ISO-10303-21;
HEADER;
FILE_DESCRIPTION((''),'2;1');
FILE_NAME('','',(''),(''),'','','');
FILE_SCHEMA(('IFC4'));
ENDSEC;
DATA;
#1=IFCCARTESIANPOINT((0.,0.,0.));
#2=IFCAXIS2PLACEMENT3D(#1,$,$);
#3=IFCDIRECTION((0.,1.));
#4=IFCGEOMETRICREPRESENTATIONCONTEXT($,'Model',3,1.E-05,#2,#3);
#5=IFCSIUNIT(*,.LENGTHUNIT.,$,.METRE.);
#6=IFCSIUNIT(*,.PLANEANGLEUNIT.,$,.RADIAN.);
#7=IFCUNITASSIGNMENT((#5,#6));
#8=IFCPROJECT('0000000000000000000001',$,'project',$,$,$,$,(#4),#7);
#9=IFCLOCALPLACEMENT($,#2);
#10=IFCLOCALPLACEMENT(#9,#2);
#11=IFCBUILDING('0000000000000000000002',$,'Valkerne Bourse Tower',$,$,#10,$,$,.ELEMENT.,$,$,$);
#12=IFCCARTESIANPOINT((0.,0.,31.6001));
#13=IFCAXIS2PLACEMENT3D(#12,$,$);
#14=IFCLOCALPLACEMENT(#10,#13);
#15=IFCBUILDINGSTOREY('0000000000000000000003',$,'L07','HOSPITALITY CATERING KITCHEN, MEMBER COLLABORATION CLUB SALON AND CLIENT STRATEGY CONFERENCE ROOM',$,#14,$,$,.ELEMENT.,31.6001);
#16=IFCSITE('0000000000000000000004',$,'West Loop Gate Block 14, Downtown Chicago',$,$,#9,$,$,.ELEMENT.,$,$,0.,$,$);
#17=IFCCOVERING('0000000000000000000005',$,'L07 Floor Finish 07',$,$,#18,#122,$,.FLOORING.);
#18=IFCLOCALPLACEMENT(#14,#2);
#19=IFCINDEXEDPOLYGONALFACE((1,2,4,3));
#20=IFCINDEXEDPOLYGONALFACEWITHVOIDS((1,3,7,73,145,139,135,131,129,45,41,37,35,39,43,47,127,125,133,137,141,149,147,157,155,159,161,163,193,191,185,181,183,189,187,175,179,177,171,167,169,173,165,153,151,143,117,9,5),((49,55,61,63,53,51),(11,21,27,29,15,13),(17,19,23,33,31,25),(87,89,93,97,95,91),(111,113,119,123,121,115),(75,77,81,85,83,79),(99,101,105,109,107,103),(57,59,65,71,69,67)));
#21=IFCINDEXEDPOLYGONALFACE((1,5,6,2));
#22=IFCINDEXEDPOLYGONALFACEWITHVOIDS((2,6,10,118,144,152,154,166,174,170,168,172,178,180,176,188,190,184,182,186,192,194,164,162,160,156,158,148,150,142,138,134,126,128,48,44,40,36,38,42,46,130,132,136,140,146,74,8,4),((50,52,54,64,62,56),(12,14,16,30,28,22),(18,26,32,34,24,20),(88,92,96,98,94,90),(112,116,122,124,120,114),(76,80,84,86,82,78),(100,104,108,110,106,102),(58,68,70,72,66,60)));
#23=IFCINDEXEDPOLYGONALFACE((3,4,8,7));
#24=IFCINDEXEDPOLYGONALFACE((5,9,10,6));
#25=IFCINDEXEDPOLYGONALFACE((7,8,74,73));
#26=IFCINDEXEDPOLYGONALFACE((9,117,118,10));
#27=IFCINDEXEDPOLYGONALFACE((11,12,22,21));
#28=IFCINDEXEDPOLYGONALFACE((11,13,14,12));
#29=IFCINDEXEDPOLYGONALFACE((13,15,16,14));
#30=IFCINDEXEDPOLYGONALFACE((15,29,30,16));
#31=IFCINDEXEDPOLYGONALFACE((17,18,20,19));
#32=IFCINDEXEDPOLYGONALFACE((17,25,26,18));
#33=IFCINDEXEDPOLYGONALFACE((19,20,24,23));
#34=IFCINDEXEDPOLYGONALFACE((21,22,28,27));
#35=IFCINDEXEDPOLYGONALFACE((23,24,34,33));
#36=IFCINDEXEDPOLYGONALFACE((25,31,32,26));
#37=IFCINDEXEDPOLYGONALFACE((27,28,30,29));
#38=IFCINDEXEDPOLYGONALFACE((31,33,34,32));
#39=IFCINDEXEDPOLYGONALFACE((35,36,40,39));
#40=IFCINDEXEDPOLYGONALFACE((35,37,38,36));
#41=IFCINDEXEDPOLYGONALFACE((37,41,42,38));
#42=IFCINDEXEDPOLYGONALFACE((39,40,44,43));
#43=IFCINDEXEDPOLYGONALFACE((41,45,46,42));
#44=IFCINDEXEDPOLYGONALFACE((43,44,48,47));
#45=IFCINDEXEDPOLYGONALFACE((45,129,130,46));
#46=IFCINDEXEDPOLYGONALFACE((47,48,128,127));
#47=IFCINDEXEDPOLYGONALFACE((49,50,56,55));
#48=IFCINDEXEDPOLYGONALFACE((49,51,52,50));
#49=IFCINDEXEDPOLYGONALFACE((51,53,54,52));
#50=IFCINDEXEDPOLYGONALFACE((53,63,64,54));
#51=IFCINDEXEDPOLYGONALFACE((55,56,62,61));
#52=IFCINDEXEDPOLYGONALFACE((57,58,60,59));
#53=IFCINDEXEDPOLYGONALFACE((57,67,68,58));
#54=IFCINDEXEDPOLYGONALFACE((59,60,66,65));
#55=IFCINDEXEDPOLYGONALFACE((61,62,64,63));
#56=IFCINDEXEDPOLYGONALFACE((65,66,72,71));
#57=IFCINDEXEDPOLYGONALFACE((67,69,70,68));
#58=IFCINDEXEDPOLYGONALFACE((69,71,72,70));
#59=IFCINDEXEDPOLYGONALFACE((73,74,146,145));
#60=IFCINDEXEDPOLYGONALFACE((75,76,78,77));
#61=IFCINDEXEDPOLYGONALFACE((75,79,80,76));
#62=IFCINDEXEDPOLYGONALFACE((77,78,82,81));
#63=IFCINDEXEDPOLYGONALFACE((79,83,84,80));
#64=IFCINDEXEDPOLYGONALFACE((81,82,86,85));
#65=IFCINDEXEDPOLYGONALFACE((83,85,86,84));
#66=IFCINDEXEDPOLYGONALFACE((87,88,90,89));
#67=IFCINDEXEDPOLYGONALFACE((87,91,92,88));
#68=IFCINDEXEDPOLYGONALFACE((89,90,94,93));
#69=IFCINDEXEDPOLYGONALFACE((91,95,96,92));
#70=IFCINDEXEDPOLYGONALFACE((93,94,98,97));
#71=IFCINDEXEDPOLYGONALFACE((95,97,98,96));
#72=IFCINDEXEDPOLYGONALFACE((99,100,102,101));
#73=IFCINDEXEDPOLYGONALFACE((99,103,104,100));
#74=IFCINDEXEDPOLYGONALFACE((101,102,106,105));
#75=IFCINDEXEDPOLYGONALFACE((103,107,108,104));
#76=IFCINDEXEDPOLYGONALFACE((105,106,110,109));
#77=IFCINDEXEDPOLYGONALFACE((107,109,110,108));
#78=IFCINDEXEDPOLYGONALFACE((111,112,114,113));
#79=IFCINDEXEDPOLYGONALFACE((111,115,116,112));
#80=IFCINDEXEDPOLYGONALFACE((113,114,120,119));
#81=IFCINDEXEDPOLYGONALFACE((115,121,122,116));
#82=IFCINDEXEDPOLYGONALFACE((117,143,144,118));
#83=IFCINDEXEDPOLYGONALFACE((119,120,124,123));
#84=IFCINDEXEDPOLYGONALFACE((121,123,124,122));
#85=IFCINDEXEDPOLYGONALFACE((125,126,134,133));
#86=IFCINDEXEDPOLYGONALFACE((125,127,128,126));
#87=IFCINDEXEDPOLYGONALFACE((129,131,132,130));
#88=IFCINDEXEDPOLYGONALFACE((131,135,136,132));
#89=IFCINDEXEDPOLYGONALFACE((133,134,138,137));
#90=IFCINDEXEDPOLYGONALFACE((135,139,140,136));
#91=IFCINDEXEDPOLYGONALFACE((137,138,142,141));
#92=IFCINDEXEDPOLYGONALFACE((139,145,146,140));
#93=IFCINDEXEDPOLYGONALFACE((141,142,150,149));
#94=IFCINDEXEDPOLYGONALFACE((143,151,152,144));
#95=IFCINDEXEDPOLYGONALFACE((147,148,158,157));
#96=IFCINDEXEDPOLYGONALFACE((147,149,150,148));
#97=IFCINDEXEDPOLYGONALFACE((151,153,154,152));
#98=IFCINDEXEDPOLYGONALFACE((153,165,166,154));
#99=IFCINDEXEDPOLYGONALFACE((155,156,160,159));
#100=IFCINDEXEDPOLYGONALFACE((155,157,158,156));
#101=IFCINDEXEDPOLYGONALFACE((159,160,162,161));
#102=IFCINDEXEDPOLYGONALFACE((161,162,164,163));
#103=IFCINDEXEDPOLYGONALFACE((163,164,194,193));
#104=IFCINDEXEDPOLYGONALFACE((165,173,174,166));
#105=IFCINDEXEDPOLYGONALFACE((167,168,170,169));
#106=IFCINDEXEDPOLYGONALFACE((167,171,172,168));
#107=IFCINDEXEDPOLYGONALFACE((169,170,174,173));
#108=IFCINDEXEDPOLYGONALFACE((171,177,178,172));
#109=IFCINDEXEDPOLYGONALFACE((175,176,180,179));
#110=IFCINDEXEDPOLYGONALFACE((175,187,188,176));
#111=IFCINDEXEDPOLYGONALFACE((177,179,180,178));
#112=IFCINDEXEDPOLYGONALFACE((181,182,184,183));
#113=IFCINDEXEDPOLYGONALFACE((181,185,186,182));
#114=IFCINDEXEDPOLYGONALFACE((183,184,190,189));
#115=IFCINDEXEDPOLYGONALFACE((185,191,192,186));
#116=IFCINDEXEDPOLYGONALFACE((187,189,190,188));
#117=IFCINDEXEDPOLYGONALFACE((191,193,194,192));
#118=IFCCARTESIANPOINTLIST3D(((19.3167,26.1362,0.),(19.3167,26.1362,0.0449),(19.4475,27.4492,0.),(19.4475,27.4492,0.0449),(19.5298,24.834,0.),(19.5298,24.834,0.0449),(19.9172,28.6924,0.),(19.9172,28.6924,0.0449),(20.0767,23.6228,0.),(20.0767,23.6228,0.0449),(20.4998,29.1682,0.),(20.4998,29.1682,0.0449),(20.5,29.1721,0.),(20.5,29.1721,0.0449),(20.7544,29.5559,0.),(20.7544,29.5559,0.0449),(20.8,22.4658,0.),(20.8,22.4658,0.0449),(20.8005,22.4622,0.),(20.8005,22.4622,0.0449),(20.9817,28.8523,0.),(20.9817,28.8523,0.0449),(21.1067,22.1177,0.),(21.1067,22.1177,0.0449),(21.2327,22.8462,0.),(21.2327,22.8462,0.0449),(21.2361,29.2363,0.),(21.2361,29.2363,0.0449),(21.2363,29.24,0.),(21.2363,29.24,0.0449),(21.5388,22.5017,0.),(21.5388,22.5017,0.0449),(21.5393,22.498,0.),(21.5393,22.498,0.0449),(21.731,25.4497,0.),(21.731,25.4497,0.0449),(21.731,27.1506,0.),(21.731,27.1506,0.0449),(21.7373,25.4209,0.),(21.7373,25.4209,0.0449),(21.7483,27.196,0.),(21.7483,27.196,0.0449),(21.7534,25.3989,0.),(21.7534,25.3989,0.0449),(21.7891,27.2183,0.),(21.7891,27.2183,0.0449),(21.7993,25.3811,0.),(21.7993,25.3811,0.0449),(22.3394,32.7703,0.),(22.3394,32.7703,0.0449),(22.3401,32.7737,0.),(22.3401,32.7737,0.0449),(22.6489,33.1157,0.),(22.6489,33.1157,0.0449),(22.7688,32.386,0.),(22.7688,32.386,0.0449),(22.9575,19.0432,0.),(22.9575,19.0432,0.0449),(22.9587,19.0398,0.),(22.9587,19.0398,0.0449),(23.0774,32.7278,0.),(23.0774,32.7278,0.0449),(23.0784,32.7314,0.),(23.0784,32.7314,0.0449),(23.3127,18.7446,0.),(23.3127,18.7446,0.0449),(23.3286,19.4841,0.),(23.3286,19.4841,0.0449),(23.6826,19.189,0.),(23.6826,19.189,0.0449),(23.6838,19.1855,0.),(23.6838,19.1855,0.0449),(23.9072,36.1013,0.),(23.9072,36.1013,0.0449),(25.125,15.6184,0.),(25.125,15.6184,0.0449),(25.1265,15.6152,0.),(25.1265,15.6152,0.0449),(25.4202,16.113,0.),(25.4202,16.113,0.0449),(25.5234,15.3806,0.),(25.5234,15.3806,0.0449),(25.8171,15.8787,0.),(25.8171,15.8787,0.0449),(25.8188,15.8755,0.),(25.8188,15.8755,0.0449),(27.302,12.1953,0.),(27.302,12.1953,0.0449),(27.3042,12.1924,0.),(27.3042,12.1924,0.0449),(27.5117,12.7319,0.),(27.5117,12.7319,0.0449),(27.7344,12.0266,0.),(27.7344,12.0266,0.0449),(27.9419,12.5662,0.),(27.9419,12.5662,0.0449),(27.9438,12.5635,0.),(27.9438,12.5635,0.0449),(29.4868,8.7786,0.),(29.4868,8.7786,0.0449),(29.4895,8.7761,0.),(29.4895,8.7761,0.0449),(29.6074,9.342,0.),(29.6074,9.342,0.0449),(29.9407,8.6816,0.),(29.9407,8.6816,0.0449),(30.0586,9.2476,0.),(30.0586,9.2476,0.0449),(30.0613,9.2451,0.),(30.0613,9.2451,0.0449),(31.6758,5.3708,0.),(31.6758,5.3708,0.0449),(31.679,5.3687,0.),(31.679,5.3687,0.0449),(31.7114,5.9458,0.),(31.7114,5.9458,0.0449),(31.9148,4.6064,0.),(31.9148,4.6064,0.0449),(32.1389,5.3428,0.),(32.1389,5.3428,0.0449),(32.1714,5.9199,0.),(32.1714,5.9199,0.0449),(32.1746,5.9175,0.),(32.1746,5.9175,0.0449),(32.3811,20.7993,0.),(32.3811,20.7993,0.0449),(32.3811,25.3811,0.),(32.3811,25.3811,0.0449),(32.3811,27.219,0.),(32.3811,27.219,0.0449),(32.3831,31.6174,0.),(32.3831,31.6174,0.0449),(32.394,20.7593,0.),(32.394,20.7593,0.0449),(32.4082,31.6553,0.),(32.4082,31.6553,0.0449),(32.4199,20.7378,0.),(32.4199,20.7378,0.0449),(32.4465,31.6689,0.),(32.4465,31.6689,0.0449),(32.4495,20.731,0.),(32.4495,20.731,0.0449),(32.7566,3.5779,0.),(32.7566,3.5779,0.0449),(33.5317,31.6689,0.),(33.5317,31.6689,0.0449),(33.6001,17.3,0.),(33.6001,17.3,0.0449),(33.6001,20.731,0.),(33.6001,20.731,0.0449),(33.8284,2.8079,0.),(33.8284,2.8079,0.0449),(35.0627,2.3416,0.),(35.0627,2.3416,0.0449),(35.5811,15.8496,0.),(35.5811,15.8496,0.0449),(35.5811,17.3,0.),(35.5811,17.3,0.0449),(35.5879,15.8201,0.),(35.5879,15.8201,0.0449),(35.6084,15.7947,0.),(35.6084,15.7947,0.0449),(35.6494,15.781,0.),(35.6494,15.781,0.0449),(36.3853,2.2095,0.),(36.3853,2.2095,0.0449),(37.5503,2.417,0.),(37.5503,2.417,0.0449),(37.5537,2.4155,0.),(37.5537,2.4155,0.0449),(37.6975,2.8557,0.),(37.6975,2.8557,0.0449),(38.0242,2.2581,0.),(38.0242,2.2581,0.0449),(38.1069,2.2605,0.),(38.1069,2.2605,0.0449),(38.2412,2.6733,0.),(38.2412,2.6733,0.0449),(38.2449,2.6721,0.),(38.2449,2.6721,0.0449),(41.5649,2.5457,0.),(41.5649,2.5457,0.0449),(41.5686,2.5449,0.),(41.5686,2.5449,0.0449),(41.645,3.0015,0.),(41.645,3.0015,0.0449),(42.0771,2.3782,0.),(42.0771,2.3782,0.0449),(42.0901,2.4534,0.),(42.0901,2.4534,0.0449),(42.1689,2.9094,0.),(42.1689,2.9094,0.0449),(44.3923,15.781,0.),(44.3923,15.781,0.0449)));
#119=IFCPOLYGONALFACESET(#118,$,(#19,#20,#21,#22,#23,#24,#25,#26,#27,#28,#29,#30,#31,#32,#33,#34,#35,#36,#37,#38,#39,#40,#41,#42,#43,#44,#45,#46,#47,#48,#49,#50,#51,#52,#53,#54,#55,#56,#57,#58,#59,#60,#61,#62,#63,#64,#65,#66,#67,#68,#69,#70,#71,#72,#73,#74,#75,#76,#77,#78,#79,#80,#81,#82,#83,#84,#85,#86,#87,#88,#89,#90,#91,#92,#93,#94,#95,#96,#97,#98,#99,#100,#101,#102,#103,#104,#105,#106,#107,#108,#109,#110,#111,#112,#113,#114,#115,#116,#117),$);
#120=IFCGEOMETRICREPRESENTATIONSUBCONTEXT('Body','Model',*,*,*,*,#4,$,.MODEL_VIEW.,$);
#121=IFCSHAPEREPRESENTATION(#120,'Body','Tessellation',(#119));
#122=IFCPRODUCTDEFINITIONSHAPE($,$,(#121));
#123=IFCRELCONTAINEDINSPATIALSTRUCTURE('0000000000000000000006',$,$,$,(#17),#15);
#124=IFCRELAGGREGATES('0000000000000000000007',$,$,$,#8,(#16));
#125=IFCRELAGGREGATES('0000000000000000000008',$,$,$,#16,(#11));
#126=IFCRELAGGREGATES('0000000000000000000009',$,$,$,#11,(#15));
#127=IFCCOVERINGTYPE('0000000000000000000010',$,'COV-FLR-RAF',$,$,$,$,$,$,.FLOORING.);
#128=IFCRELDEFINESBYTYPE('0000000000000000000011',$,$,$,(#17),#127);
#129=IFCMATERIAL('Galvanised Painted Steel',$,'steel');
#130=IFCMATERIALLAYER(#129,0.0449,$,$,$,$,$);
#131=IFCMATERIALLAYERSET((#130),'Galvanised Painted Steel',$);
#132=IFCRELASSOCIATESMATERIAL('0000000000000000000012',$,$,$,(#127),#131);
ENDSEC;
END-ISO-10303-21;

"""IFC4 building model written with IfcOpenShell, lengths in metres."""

from ifc_helpers import new_model, si_unit, direction, frame, origin, place, context, subcontext, project, spatial, polyline, outline, extrude, material, layer, layer_set, type_object, element, save


model = new_model("IFC4")

# Units and contexts
model_context = context("Model", 3, precision=1e-05, world=origin(), true_north=direction((0.0, 1.0)))
body_context = subcontext(model_context, "Body", "Model", "MODEL_VIEW")
ifc_project = project(units=[si_unit("LENGTHUNIT", "METRE"), si_unit("PLANEANGLEUNIT", "RADIAN")], contexts=[model_context])

# Site, building, storey
site_placement = place(None, origin())
site = spatial("IfcSite", under=ifc_project, at=site_placement, Name="West Loop Gate Block 14, Downtown Chicago", CompositionType="ELEMENT", RefElevation=0.0)
building_placement = place(site_placement, origin())
building = spatial("IfcBuilding", under=site, at=building_placement, Name="Valkerne Bourse Tower", CompositionType="ELEMENT")
storey_placement = place(building_placement, frame((0.0, 0.0, 31.6001)))
storey = spatial("IfcBuildingStorey", under=building, at=storey_placement, Name="L07", Description="HOSPITALITY CATERING KITCHEN, MEMBER COLLABORATION CLUB SALON AND CLIENT STRATEGY CONFERENCE ROOM", CompositionType="ELEMENT", Elevation=31.6001)

# Covering
ifc_material_1 = material(Name="Galvanised Painted Steel", Category="steel")
ifc_layer_1 = layer(ifc_material_1, 0.0449)
ifc_layer_set_1 = layer_set([ifc_layer_1], Name="Galvanised Painted Steel")
covering_type_1 = type_object("IfcCoveringType", Name="COV-FLR-RAF", PredefinedType="FLOORING", material=ifc_layer_set_1)
covering_1_placement = place(storey_placement, origin())
element("IfcCovering", 1, at=covering_1_placement, inside=storey, type_object=covering_type_1, Name="L07 Floor Finish 07", PredefinedType="FLOORING", context=body_context, shape_type="SweptSolid", body=[
    extrude(outline(polyline([(33.8284, 2.8079), (32.7566, 3.5779), (31.9148, 4.6064), (20.0767, 23.6228), (19.5298, 24.834), (19.3167, 26.1362), (19.4475, 27.4492), (19.9172, 28.6924), (23.9072, 36.1013), (33.5317, 31.6689), (32.4465, 31.6689), (32.4082, 31.6553), (32.3831, 31.6174), (32.3811, 27.219), (21.7891, 27.2183), (21.7483, 27.196), (21.731, 27.1506), (21.731, 25.4497), (21.7373, 25.4209), (21.7534, 25.3989), (21.7993, 25.3811), (32.3811, 25.3811), (32.3811, 20.7993), (32.394, 20.7593), (32.4199, 20.7378), (32.4495, 20.731), (33.6001, 20.731), (33.6001, 17.3), (35.5811, 17.3), (35.5811, 15.8496), (35.5879, 15.8201), (35.6084, 15.7947), (35.6494, 15.781), (44.3923, 15.781), (42.1689, 2.9094), (41.645, 3.0015), (41.5649, 2.5457), (41.5686, 2.5449), (42.0901, 2.4534), (42.0771, 2.3782), (38.1069, 2.2605), (38.2449, 2.6721), (38.2412, 2.6733), (37.6975, 2.8557), (37.5503, 2.417), (37.5537, 2.4155), (38.0242, 2.2581), (36.3853, 2.2095), (35.0627, 2.3416), (33.8284, 2.8079)]), holes=[polyline([(32.1714, 5.9199), (31.7114, 5.9458), (31.6758, 5.3708), (31.679, 5.3687), (32.1389, 5.3428), (32.1746, 5.9175), (32.1714, 5.9199)]), polyline([(30.0586, 9.2476), (29.6074, 9.342), (29.4868, 8.7786), (29.4895, 8.7761), (29.9407, 8.6816), (30.0613, 9.2451), (30.0586, 9.2476)]), polyline([(27.9438, 12.5635), (27.9419, 12.5662), (27.5117, 12.7319), (27.302, 12.1953), (27.3042, 12.1924), (27.7344, 12.0266), (27.9438, 12.5635)]), polyline([(25.8188, 15.8755), (25.8171, 15.8787), (25.4202, 16.113), (25.125, 15.6184), (25.1265, 15.6152), (25.5234, 15.3806), (25.8188, 15.8755)]), polyline([(23.6826, 19.189), (23.3286, 19.4841), (22.9575, 19.0432), (22.9587, 19.0398), (23.3127, 18.7446), (23.6838, 19.1855), (23.6826, 19.189)]), polyline([(21.5393, 22.498), (21.5388, 22.5017), (21.2327, 22.8462), (20.8, 22.4658), (20.8005, 22.4622), (21.1067, 22.1177), (21.5393, 22.498)]), polyline([(21.2363, 29.24), (20.7544, 29.5559), (20.5, 29.1721), (20.4998, 29.1682), (20.9817, 28.8523), (21.2361, 29.2363), (21.2363, 29.24)]), polyline([(23.0774, 32.7278), (23.0784, 32.7314), (22.6489, 33.1157), (22.3401, 32.7737), (22.3394, 32.7703), (22.7688, 32.386), (23.0774, 32.7278)])]), origin(), (0.0, 0.0, 1.0), 0.0449),
])

save(model, "model.ifc")
